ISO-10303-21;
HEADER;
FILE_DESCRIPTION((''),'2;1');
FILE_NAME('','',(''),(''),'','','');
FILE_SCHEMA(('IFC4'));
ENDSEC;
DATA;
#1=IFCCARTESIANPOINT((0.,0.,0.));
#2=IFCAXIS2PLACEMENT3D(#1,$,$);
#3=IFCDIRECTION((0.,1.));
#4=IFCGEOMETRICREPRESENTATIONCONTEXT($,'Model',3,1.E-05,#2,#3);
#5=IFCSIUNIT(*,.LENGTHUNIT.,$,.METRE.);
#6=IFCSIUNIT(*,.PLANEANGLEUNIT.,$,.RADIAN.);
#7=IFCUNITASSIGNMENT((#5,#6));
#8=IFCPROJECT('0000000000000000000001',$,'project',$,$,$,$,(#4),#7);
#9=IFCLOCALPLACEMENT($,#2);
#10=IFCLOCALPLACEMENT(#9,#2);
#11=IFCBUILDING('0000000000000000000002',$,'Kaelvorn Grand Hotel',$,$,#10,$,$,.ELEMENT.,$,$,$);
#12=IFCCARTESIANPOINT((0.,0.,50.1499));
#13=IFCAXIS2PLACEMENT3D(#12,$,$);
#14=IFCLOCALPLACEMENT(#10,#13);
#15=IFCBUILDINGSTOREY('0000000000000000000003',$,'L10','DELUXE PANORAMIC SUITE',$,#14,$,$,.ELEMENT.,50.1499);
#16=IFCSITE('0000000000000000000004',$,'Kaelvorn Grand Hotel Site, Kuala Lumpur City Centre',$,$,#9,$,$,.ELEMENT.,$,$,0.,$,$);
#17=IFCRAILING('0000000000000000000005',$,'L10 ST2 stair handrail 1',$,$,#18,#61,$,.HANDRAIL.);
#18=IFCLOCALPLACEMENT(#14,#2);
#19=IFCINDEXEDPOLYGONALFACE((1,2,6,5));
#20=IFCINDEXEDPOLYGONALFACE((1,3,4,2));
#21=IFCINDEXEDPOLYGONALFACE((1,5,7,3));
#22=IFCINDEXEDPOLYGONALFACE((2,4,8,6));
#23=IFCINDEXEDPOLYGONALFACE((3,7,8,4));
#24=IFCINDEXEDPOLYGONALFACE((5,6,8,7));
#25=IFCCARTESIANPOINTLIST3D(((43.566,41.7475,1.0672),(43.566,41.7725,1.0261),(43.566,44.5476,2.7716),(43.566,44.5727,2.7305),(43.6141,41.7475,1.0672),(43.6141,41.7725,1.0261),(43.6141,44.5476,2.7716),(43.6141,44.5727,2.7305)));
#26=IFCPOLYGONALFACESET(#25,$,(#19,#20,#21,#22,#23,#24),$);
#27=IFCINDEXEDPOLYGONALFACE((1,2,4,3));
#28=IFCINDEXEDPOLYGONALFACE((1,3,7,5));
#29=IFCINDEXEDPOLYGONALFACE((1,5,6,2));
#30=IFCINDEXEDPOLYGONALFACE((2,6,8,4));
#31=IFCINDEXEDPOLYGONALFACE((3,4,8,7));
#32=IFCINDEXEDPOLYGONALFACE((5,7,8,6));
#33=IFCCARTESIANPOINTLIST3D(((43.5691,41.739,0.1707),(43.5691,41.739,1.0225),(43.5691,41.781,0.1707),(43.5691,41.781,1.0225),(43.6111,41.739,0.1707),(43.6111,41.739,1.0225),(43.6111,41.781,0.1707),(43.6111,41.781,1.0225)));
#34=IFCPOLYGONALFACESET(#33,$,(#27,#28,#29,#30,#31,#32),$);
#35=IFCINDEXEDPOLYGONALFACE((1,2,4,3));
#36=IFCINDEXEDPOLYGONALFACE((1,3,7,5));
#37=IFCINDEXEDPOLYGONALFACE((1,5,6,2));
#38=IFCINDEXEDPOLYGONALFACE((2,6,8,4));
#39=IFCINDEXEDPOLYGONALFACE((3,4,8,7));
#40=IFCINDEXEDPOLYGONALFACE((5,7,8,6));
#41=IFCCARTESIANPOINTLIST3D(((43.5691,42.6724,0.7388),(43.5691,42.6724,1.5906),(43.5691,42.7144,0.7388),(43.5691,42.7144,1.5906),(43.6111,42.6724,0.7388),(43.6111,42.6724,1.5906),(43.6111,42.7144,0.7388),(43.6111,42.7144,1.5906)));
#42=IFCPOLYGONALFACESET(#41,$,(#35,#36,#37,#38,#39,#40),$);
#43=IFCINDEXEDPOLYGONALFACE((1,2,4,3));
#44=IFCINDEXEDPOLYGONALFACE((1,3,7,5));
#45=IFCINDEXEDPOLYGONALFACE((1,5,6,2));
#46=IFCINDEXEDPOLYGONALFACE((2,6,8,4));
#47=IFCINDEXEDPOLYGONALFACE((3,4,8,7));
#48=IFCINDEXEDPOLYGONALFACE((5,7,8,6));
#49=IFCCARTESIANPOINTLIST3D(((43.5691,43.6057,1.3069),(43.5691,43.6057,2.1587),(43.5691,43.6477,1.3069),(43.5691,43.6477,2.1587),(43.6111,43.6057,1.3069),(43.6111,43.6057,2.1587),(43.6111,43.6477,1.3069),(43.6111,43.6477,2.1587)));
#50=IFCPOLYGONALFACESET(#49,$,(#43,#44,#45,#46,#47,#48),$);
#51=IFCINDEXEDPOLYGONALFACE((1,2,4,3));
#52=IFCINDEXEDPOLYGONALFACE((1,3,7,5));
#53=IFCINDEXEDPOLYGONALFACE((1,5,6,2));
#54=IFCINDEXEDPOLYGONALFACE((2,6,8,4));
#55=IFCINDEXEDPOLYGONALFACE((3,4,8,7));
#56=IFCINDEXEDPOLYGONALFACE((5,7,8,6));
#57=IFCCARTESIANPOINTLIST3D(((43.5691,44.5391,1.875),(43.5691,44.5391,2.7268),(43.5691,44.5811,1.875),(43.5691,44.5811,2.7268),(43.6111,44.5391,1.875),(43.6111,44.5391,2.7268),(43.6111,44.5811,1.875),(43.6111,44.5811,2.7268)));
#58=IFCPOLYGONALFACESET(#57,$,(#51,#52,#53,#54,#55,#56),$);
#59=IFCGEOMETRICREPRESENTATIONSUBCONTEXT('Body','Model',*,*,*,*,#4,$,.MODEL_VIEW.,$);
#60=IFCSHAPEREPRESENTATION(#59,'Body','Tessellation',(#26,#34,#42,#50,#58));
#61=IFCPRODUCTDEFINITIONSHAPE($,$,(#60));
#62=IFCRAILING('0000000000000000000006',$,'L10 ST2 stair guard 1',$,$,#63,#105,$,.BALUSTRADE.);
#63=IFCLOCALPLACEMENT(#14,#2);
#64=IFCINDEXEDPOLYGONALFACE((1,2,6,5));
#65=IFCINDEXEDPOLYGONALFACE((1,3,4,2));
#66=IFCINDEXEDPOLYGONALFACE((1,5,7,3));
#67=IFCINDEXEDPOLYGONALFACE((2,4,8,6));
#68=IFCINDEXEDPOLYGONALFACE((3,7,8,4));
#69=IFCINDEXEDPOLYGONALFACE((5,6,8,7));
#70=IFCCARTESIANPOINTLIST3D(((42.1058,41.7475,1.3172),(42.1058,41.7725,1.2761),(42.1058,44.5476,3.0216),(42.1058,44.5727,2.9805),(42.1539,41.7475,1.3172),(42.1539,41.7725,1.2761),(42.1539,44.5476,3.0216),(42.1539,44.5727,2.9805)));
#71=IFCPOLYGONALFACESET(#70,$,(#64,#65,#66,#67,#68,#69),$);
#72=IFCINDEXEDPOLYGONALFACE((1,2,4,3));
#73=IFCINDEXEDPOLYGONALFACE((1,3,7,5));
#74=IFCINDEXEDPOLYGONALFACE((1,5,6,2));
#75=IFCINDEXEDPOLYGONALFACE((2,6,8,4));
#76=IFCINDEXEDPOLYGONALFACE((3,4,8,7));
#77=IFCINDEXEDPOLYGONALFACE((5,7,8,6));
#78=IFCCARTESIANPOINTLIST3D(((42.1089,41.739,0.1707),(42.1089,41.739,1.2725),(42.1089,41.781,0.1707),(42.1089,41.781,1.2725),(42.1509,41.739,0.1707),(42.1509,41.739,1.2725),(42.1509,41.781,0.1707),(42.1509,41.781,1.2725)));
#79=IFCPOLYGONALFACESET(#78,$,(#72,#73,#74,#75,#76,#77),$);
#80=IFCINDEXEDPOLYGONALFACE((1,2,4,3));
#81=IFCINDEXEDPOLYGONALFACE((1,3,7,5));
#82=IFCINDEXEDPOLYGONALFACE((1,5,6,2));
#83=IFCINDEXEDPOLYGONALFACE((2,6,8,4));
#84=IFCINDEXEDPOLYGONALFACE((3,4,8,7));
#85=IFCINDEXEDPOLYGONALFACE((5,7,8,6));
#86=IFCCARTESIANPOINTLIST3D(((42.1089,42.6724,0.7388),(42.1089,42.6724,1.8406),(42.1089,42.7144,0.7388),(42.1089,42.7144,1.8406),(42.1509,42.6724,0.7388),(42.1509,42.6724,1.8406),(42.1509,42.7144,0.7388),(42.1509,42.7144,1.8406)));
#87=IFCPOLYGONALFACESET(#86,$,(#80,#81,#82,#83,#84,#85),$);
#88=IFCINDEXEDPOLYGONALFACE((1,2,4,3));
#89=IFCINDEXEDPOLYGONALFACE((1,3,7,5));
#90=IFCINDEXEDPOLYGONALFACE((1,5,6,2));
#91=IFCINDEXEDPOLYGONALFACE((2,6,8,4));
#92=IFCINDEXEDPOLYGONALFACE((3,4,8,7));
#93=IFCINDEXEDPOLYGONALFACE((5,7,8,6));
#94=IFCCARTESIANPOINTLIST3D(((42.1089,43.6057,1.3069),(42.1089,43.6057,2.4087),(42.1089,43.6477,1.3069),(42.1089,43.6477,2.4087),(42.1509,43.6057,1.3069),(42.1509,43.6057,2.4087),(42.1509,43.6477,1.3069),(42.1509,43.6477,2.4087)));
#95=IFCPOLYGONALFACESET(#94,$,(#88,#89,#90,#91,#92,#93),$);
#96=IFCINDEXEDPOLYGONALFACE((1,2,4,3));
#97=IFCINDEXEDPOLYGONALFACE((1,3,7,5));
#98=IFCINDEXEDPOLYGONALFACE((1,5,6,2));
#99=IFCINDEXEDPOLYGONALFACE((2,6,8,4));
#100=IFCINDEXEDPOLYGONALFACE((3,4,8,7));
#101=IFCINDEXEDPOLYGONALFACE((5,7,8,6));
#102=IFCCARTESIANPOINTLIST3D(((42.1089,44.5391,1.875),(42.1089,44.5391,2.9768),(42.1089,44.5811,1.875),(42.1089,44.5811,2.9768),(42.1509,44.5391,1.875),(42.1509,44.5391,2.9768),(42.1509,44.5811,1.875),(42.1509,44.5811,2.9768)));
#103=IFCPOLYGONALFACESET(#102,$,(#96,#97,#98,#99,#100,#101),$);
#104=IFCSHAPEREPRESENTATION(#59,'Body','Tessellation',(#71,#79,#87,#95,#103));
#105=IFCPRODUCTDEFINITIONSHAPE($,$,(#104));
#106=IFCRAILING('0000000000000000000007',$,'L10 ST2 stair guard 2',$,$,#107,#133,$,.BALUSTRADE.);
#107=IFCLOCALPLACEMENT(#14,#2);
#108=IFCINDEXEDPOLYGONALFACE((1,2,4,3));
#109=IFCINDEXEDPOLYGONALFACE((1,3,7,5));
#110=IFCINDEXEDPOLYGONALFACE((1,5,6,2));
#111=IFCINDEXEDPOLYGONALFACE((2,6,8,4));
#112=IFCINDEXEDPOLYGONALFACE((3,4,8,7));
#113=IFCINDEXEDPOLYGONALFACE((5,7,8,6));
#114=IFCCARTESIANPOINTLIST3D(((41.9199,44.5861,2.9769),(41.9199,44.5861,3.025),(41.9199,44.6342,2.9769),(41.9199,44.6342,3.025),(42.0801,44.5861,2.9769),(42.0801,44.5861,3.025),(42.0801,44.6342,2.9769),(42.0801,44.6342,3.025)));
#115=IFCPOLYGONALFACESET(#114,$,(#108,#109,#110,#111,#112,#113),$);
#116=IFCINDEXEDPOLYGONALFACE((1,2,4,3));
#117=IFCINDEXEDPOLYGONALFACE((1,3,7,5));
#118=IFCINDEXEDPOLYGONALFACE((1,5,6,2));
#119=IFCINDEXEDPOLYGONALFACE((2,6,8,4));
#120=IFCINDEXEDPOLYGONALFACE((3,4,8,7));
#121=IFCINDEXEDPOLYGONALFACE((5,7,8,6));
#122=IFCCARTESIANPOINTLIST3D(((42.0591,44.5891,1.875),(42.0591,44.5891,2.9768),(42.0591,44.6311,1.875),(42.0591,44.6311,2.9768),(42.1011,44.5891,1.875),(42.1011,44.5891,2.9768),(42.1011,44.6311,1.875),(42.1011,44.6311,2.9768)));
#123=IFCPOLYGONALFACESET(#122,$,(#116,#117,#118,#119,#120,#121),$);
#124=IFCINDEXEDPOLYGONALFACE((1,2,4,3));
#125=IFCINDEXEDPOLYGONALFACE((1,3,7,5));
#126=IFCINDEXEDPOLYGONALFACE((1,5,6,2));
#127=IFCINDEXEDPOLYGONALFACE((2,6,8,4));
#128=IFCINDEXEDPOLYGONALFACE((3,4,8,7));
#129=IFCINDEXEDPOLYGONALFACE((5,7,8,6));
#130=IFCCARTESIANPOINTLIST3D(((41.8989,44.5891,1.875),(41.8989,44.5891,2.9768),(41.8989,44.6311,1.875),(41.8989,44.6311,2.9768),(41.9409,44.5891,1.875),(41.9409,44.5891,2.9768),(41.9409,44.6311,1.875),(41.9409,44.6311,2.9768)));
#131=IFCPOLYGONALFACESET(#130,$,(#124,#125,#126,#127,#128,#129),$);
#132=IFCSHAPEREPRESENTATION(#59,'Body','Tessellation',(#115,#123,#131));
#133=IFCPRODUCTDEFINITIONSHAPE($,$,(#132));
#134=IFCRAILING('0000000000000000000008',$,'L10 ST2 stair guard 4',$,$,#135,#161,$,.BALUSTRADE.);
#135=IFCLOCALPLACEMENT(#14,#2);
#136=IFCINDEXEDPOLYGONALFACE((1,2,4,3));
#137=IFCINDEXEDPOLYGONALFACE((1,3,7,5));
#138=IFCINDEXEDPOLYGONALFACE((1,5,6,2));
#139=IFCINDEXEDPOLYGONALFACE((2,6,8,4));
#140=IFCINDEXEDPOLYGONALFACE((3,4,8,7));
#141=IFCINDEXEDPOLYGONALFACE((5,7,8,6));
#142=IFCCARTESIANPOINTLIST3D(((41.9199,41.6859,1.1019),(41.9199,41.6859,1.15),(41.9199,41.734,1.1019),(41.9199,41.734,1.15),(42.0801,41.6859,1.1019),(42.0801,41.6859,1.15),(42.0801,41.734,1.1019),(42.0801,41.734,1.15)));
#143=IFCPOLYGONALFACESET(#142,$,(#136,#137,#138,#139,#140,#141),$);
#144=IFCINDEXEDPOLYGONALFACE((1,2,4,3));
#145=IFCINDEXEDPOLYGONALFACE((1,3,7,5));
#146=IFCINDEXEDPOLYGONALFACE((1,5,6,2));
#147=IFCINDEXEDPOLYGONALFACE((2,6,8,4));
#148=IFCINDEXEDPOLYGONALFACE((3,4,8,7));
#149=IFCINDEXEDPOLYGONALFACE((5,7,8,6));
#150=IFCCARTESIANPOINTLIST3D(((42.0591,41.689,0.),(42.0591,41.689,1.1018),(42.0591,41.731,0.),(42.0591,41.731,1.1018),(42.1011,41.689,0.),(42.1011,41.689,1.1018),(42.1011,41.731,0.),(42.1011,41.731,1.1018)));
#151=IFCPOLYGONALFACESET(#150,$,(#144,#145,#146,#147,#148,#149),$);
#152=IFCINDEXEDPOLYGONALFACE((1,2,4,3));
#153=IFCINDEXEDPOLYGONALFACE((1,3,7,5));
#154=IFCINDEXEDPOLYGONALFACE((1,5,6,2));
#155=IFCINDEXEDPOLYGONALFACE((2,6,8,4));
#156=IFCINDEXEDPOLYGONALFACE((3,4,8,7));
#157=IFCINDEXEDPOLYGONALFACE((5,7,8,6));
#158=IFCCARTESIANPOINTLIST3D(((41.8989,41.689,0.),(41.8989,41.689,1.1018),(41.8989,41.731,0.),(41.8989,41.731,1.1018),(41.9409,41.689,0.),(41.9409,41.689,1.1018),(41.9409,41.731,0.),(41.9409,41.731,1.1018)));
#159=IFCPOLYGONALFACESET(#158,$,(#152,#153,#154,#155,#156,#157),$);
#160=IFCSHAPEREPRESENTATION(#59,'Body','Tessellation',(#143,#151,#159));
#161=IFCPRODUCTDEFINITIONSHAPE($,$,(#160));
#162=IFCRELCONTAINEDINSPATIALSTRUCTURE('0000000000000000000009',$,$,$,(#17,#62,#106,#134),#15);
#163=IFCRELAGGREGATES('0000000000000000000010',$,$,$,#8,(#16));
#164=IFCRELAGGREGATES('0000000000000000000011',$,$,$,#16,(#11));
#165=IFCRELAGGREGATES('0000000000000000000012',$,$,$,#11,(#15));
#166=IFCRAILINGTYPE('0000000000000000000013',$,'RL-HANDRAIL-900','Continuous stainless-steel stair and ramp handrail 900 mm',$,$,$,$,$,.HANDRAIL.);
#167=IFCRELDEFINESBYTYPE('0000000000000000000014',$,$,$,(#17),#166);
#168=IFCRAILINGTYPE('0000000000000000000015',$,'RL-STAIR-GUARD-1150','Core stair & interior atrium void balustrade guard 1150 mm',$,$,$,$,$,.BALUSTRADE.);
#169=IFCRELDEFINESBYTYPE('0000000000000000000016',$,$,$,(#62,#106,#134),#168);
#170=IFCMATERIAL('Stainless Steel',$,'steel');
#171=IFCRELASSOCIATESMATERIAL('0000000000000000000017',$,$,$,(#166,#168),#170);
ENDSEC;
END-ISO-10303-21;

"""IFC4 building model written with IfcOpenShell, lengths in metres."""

from ifc_helpers import new_model, si_unit, direction, frame, origin, origin_2d, place, context, subcontext, project, spatial, rectangle, extrude, material, type_object, element, save


model = new_model("IFC4")

# Units and contexts
model_context = context("Model", 3, precision=1e-05, world=origin(), true_north=direction((0.0, 1.0)))
body_context = subcontext(model_context, "Body", "Model", "MODEL_VIEW")
ifc_project = project(units=[si_unit("LENGTHUNIT", "METRE"), si_unit("PLANEANGLEUNIT", "RADIAN")], contexts=[model_context])

# Site, building, storey
site_placement = place(None, origin())
site = spatial("IfcSite", under=ifc_project, at=site_placement, Name="Kaelvorn Grand Hotel Site, Kuala Lumpur City Centre", CompositionType="ELEMENT", RefElevation=0.0)
building_placement = place(site_placement, origin())
building = spatial("IfcBuilding", under=site, at=building_placement, Name="Kaelvorn Grand Hotel", CompositionType="ELEMENT")
storey_placement = place(building_placement, frame((0.0, 0.0, 50.1499)))
storey = spatial("IfcBuildingStorey", under=building, at=storey_placement, Name="L10", Description="DELUXE PANORAMIC SUITE", CompositionType="ELEMENT", Elevation=50.1499)

# Shared definitions
ifc_material_1 = material(Name="Stainless Steel", Category="steel")

# Railings
railing_type_1 = type_object("IfcRailingType", Name="RL-HANDRAIL-900", Description="Continuous stainless-steel stair and ramp handrail 900 mm", PredefinedType="HANDRAIL", material=ifc_material_1)
railing_1_placement = place(storey_placement, frame((43.5901, 41.76, 0.1707)))
element("IfcRailing", 1, at=railing_1_placement, inside=storey, type_object=railing_type_1, Name="L10 ST2 stair handrail 1", PredefinedType="HANDRAIL", context=body_context, shape_type="SweptSolid", body=[
    extrude(rectangle(XDim=0.0481, YDim=0.0481, at=origin_2d()), frame((0.0, 0.0, 0.876), z_axis=(0.0, 0.854203, 0.51994), x_axis=(-1.0, 0.0, 0.0)), (0.0, 0.0, 1.0), 3.2781),
    extrude(rectangle(XDim=0.042, YDim=0.042, at=origin_2d()), origin(), (0.0, 0.0, 1.0), 0.8518),
    extrude(rectangle(XDim=0.042, YDim=0.042, at=origin_2d()), frame((0.0, 0.9333, 0.5681)), (0.0, 0.0, 1.0), 0.8518),
    extrude(rectangle(XDim=0.042, YDim=0.042, at=origin_2d()), frame((0.0, 1.8667, 1.1362)), (0.0, 0.0, 1.0), 0.8518),
    extrude(rectangle(XDim=0.042, YDim=0.042, at=origin_2d()), frame((0.0, 2.8, 1.7043)), (0.0, 0.0, 1.0), 0.8518),
])
railing_type_2 = type_object("IfcRailingType", Name="RL-STAIR-GUARD-1150", Description="Core stair & interior atrium void balustrade guard 1150 mm", PredefinedType="BALUSTRADE", material=ifc_material_1)
railing_2_placement = place(storey_placement, frame((42.1299, 41.76, 0.1707)))
element("IfcRailing", 2, at=railing_2_placement, inside=storey, type_object=railing_type_2, Name="L10 ST2 stair guard 1", PredefinedType="BALUSTRADE", context=body_context, shape_type="SweptSolid", body=[
    extrude(rectangle(XDim=0.0481, YDim=0.0481, at=origin_2d()), frame((0.0, 0.0, 1.126), z_axis=(0.0, 0.854203, 0.51994), x_axis=(-1.0, 0.0, 0.0)), (0.0, 0.0, 1.0), 3.2781),
    extrude(rectangle(XDim=0.042, YDim=0.042, at=origin_2d()), origin(), (0.0, 0.0, 1.0), 1.1018),
    extrude(rectangle(XDim=0.042, YDim=0.042, at=origin_2d()), frame((0.0, 0.9333, 0.5681)), (0.0, 0.0, 1.0), 1.1018),
    extrude(rectangle(XDim=0.042, YDim=0.042, at=origin_2d()), frame((0.0, 1.8667, 1.1362)), (0.0, 0.0, 1.0), 1.1018),
    extrude(rectangle(XDim=0.042, YDim=0.042, at=origin_2d()), frame((0.0, 2.8, 1.7043)), (0.0, 0.0, 1.0), 1.1018),
])
for number, where, name in (
    (3, (42.0801, 44.6101, 1.875), "L10 ST2 stair guard 2"),
    (4, (42.0801, 41.71, 0.0), "L10 ST2 stair guard 4"),
):
    element("IfcRailing", number, at=place(storey_placement, frame(where)), inside=storey, type_object=railing_type_2, Name=name, PredefinedType="BALUSTRADE", context=body_context, shape_type="SweptSolid", body=[
        extrude(rectangle(XDim=0.0481, YDim=0.0481, at=origin_2d()), frame((0.0, 0.0, 1.126), z_axis=(-1.0, 0.0, 0.0), x_axis=(0.0, -1.0, 0.0)), (0.0, 0.0, 1.0), 0.1602),
        extrude(rectangle(XDim=0.042, YDim=0.042, at=origin_2d()), origin(), (0.0, 0.0, 1.0), 1.1018),
        extrude(rectangle(XDim=0.042, YDim=0.042, at=origin_2d()), frame((-0.1602, 0.0, 0.0)), (0.0, 0.0, 1.0), 1.1018),
    ])

save(model, "model.ifc")
